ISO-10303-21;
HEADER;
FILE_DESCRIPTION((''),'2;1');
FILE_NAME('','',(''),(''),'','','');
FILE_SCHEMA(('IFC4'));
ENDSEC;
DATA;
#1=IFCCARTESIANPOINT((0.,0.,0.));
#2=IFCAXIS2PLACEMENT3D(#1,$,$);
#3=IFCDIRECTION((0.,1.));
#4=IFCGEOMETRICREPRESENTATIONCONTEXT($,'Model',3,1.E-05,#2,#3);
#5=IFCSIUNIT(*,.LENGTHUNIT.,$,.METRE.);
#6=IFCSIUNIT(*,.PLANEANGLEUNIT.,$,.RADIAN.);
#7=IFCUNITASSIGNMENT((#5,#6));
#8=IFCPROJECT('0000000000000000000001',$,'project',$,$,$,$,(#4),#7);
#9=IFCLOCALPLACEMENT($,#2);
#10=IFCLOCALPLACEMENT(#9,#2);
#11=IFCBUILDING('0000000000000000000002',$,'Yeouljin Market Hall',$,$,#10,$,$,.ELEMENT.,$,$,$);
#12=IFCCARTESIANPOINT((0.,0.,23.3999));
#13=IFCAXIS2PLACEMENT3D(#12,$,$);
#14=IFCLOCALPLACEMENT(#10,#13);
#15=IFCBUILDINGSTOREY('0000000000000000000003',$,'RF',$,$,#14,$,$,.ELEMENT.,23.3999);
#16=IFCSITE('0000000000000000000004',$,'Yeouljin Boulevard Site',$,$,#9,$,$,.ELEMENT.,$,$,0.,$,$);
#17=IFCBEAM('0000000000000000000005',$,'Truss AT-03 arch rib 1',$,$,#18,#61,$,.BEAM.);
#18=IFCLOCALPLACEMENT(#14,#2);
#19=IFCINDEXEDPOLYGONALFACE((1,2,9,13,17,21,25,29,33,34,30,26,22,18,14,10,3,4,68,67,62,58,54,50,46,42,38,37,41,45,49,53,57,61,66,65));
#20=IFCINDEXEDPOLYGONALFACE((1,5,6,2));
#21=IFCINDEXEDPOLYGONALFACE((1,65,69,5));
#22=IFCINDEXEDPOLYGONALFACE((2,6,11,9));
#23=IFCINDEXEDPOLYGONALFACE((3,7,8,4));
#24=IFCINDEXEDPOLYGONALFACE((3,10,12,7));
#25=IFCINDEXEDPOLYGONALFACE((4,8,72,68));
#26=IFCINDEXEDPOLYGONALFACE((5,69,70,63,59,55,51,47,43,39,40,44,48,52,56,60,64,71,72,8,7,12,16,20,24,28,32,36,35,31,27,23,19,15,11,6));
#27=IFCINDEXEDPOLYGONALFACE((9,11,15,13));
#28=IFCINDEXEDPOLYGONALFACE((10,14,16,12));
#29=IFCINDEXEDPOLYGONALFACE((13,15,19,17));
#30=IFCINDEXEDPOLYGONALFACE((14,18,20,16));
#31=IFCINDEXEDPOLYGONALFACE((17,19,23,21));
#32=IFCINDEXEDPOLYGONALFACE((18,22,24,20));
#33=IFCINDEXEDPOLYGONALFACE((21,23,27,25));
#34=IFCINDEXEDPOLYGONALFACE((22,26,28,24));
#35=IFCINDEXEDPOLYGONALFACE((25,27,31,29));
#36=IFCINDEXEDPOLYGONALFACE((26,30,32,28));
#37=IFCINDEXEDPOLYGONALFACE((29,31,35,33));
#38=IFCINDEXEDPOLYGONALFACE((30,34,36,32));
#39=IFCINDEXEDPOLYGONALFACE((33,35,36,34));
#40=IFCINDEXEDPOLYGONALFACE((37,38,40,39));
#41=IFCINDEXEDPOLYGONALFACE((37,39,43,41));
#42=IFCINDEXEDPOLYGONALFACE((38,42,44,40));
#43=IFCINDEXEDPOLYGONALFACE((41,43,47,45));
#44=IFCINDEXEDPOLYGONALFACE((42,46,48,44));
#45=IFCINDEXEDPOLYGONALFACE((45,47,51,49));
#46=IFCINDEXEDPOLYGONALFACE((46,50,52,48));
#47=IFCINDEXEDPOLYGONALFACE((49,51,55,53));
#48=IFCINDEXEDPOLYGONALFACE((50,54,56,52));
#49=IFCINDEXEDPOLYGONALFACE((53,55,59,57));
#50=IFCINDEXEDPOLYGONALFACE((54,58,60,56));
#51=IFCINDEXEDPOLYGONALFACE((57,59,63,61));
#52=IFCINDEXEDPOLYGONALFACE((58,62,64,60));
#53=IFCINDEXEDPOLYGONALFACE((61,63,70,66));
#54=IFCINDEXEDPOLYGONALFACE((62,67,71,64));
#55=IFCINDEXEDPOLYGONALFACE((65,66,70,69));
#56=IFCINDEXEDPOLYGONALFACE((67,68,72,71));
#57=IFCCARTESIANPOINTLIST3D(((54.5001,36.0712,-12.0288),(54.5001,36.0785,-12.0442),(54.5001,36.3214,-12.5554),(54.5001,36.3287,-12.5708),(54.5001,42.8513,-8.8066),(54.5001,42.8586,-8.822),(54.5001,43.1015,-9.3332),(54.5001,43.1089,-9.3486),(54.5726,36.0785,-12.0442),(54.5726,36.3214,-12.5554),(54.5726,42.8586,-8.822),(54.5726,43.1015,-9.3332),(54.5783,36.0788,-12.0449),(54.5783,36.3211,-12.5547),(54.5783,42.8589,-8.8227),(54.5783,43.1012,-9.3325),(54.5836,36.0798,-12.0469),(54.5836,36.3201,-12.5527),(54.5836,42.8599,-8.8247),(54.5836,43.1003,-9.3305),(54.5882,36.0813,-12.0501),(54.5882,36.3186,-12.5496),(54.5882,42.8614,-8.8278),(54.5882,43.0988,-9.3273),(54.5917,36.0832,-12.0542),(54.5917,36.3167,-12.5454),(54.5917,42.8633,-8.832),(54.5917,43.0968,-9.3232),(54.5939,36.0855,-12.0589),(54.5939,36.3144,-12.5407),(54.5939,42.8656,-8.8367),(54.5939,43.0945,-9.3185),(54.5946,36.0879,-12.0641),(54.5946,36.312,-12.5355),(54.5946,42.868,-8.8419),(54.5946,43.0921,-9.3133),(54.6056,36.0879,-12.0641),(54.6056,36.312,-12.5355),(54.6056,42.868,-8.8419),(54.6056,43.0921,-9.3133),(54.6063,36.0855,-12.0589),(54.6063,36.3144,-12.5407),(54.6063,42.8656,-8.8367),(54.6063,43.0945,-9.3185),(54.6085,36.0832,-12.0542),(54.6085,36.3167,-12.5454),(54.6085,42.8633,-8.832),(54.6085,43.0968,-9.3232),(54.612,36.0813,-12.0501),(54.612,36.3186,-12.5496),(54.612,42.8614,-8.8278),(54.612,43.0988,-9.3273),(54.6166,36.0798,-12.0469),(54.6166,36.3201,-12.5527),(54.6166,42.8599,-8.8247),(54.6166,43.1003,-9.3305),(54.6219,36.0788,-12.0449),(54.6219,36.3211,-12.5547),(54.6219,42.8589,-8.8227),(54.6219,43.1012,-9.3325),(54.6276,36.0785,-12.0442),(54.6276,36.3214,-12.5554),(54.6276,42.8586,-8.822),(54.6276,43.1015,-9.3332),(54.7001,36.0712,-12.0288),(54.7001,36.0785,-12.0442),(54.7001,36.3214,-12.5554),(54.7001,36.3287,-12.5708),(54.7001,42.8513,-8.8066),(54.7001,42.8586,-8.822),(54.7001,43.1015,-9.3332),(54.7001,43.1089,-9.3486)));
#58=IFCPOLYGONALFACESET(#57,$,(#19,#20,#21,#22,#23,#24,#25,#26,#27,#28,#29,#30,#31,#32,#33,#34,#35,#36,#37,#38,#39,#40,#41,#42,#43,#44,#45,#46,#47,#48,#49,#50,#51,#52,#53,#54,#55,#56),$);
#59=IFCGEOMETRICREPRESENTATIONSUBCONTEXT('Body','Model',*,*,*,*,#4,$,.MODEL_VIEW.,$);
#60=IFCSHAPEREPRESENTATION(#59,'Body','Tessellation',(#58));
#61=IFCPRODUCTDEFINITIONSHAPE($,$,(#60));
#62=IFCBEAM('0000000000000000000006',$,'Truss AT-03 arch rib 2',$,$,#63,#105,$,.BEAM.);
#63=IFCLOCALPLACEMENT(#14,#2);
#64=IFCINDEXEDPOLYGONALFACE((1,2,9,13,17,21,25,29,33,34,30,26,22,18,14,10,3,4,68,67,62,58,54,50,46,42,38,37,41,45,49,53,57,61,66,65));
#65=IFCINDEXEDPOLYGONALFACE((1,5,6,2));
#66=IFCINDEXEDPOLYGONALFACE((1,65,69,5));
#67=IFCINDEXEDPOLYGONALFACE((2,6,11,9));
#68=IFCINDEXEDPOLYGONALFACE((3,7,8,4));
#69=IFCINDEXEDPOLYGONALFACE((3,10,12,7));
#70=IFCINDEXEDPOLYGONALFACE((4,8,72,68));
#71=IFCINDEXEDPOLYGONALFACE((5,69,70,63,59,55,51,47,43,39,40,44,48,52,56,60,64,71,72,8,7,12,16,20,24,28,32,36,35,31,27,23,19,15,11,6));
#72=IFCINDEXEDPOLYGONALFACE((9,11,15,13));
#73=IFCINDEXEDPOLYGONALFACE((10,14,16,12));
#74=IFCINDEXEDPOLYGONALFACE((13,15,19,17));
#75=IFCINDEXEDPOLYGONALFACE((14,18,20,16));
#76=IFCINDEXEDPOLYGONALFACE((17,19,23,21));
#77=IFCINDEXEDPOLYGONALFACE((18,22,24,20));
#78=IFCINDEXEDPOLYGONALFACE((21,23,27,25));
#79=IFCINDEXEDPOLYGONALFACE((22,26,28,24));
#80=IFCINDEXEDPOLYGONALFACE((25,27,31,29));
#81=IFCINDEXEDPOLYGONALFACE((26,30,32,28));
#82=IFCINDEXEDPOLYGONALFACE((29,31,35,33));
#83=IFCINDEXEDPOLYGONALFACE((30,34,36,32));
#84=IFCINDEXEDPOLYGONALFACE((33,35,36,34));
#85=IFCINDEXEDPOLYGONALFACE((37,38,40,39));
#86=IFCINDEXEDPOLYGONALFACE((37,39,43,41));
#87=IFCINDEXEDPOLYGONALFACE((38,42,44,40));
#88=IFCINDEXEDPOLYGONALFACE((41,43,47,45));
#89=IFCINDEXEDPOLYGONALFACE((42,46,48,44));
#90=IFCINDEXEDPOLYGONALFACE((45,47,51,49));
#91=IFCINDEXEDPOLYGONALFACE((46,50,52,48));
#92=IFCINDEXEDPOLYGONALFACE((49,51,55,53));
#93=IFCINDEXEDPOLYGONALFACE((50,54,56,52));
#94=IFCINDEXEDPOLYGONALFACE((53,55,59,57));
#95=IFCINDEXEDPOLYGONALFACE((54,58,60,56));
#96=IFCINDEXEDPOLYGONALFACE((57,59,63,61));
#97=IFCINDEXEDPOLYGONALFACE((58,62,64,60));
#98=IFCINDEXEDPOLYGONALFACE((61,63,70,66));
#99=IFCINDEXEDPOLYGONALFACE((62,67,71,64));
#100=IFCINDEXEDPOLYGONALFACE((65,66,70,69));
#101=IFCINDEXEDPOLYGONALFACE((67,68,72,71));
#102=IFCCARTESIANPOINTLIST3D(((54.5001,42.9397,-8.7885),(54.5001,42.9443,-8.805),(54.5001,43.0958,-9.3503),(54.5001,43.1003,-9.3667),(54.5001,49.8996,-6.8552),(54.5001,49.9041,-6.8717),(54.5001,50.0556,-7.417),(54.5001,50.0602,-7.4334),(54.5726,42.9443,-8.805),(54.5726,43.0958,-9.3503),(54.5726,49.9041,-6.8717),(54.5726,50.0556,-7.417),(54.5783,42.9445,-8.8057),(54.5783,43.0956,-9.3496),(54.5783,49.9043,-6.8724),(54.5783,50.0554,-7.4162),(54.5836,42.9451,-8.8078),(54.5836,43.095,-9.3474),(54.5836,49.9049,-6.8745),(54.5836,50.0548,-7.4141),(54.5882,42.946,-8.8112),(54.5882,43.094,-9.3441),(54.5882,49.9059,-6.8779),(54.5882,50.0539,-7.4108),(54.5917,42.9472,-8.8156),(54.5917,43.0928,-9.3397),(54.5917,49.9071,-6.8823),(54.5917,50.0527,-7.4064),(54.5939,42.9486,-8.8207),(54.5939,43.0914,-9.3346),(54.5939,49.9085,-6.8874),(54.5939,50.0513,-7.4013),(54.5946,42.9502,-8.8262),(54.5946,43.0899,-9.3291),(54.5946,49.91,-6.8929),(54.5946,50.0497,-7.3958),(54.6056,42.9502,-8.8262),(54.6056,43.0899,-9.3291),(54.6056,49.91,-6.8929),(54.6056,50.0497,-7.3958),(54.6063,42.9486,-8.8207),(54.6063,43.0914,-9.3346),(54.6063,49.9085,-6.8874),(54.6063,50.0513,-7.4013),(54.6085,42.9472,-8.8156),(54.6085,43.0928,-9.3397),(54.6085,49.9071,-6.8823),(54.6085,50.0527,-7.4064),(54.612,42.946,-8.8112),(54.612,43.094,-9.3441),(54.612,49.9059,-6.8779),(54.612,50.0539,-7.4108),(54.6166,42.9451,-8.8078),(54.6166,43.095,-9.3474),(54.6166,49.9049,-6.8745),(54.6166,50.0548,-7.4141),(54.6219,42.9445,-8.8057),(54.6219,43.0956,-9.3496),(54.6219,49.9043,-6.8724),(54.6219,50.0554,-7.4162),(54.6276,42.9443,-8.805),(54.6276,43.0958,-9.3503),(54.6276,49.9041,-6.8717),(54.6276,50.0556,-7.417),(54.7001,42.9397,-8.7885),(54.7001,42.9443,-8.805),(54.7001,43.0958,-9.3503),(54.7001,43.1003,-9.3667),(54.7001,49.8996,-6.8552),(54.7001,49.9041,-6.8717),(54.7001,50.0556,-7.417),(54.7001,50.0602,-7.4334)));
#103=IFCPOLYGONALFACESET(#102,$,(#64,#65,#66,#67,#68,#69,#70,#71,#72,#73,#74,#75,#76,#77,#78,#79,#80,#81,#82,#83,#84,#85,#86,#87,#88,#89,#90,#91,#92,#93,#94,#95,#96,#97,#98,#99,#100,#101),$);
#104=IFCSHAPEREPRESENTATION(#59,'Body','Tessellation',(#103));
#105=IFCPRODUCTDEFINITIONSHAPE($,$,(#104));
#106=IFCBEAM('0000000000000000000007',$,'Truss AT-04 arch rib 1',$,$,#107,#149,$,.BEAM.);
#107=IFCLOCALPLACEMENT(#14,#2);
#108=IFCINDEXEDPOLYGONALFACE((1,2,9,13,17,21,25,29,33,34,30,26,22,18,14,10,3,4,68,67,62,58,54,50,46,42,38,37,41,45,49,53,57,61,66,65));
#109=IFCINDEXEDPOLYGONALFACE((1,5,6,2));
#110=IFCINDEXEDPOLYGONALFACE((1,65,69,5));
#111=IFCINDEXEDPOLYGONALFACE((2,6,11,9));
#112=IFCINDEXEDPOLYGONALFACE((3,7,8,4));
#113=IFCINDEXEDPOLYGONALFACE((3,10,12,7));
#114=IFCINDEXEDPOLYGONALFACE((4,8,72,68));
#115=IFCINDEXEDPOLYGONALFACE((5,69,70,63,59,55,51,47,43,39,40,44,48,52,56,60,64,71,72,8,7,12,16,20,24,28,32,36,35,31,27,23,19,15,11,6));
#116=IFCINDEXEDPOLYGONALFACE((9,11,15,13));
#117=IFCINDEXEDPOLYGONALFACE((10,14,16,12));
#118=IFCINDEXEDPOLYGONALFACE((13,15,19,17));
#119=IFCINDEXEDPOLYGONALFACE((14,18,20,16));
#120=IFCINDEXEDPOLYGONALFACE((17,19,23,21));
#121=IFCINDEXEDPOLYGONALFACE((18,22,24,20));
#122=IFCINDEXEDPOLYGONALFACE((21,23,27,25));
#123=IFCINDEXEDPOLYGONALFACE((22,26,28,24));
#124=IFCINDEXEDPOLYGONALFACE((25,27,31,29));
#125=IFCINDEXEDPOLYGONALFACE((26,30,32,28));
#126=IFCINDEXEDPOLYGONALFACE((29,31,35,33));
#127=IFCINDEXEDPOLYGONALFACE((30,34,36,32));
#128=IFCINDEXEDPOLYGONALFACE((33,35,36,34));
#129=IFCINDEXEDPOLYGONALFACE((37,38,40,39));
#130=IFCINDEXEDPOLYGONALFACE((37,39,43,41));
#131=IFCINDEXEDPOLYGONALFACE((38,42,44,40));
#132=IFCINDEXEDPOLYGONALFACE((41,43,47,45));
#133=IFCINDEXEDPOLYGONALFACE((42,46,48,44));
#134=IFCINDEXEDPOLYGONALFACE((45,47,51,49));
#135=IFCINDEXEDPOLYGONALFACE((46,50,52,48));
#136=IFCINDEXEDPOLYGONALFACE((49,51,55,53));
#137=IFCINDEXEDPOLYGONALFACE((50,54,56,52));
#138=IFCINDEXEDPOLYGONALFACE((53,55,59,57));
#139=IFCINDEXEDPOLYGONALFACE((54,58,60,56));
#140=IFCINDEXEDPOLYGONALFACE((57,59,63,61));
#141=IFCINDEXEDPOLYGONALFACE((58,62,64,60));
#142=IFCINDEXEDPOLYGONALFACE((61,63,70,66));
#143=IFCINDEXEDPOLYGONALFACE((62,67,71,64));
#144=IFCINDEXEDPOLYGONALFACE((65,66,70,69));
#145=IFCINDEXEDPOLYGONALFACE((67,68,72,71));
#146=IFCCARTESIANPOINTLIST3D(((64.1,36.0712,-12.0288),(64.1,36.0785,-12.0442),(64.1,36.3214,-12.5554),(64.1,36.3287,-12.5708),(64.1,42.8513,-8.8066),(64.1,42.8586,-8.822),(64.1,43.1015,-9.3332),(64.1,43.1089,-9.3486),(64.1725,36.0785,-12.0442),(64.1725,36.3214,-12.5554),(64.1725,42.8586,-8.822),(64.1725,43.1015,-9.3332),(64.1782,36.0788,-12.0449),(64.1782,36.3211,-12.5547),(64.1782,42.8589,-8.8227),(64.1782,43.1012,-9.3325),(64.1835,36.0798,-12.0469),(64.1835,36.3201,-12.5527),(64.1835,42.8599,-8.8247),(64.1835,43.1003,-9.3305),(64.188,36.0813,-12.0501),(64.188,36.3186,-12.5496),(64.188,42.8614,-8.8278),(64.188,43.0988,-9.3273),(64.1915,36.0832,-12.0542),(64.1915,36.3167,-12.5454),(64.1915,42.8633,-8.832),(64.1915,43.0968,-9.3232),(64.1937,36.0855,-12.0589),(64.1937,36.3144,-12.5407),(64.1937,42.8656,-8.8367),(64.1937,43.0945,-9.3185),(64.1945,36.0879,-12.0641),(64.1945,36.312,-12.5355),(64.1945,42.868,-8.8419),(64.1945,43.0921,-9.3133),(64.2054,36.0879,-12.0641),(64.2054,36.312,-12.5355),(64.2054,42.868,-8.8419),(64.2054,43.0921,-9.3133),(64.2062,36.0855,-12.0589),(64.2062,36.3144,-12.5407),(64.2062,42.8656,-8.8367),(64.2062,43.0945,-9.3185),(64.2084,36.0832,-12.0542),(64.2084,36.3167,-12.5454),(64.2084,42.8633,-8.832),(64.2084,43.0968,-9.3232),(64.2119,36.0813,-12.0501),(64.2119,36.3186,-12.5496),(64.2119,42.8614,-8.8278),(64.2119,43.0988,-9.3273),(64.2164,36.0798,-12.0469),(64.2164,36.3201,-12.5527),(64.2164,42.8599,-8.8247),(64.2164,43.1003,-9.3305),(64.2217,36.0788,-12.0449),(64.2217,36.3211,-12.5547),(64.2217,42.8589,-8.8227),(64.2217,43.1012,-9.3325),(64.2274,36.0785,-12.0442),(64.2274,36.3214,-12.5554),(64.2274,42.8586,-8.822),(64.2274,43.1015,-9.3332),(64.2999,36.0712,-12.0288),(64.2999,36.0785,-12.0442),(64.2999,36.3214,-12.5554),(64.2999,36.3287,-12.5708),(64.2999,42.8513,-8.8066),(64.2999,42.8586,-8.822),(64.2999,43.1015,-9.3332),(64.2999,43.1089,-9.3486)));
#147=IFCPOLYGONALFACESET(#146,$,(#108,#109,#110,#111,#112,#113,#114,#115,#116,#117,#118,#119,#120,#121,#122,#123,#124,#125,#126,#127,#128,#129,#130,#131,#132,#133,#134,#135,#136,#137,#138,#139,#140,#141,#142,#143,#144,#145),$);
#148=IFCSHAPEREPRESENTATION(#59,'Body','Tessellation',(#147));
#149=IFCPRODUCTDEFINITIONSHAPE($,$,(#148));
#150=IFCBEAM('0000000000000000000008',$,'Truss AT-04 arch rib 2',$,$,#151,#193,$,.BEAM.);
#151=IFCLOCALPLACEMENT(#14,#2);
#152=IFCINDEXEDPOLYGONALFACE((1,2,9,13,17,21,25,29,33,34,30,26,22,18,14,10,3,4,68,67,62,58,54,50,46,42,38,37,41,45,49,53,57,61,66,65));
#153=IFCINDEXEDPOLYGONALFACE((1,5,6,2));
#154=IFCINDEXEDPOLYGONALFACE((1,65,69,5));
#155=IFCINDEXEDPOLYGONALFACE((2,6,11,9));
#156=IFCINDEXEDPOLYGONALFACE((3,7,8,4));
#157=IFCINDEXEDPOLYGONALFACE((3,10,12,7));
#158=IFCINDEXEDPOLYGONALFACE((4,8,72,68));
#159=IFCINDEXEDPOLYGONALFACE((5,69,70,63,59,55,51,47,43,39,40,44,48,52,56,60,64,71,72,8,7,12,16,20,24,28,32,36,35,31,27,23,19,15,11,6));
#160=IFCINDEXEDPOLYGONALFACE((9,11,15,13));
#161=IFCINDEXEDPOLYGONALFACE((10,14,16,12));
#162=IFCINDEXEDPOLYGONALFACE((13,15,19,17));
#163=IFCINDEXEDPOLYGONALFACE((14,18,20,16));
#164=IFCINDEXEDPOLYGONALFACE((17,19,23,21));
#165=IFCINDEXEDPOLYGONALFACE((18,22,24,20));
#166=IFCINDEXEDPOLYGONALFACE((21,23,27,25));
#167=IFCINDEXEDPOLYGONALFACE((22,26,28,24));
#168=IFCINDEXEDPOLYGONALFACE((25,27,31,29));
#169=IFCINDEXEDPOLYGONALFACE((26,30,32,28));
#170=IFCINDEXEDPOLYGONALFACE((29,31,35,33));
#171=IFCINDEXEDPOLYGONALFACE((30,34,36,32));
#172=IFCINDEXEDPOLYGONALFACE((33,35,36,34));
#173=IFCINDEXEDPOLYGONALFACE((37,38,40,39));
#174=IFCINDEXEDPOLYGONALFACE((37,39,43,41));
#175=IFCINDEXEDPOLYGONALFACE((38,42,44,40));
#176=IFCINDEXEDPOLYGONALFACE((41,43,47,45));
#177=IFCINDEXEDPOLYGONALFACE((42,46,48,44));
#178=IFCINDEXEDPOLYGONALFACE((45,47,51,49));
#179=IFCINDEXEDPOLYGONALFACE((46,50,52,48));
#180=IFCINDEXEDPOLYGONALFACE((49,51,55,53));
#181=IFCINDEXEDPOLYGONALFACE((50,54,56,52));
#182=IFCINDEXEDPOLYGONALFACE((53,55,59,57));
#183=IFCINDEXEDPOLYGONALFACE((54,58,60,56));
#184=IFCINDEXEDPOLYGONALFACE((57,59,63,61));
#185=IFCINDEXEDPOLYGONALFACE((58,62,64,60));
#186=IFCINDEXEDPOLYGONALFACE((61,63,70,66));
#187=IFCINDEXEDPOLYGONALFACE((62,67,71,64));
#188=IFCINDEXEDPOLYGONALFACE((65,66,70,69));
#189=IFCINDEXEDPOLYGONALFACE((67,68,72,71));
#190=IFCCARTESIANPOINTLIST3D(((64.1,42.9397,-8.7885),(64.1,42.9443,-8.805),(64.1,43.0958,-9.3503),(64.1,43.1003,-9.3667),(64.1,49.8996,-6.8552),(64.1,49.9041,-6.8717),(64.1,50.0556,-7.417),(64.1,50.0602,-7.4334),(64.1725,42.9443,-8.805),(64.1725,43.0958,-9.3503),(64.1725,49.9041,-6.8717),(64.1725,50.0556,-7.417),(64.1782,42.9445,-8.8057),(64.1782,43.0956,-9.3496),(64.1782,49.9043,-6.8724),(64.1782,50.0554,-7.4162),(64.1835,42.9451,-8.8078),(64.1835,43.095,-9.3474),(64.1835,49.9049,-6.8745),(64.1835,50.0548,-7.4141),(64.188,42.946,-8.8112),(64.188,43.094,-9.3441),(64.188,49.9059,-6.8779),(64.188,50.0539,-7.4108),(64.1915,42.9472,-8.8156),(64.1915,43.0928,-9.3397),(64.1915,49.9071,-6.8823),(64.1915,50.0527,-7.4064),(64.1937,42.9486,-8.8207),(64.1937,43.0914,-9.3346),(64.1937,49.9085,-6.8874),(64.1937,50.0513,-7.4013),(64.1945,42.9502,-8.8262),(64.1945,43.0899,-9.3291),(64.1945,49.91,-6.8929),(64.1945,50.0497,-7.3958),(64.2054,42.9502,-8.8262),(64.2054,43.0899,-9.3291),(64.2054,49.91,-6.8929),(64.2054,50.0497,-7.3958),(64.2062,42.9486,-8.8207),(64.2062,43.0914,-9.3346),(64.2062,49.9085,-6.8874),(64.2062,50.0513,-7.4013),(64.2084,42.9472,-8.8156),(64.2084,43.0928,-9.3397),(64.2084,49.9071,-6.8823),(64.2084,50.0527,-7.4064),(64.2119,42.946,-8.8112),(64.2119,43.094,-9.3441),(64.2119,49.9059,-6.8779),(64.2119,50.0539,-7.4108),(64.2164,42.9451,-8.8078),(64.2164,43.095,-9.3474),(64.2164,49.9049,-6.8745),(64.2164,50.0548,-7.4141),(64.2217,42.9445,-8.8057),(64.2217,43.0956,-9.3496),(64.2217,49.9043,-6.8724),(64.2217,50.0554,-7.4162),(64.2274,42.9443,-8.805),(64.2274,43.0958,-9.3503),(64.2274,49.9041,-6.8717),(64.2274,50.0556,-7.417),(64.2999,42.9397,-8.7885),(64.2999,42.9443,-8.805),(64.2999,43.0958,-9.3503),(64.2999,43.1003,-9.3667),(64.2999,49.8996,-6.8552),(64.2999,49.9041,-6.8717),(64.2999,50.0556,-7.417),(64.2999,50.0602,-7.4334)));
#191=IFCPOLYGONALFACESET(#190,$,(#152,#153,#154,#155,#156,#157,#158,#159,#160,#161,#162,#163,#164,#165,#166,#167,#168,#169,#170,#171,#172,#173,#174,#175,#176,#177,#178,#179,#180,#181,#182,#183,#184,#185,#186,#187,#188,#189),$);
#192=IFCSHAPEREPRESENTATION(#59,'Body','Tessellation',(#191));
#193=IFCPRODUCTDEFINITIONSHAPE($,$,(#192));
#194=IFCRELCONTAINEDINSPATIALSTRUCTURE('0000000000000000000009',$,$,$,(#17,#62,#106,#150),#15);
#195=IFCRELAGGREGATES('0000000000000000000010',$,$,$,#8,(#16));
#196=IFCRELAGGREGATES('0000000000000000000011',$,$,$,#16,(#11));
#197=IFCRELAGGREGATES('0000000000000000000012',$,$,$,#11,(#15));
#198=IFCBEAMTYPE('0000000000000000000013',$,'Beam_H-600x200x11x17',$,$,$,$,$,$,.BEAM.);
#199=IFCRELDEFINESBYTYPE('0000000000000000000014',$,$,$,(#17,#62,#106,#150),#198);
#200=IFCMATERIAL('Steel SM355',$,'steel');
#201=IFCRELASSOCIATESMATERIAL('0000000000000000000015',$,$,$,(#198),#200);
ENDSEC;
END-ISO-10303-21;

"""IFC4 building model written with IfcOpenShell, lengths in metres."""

from ifc_helpers import new_model, si_unit, direction, frame, origin, origin_2d, place, context, subcontext, project, spatial, i_section, extrude, material, material_profile, profile_set, type_object, element, save


model = new_model("IFC4")

# Units and contexts
model_context = context("Model", 3, precision=1e-05, world=origin(), true_north=direction((0.0, 1.0)))
body_context = subcontext(model_context, "Body", "Model", "MODEL_VIEW")
ifc_project = project(units=[si_unit("LENGTHUNIT", "METRE"), si_unit("PLANEANGLEUNIT", "RADIAN")], contexts=[model_context])

# Site, building, storey
site_placement = place(None, origin())
site = spatial("IfcSite", under=ifc_project, at=site_placement, Name="Yeouljin Boulevard Site", CompositionType="ELEMENT", RefElevation=0.0)
building_placement = place(site_placement, origin())
building = spatial("IfcBuilding", under=site, at=building_placement, Name="Yeouljin Market Hall", CompositionType="ELEMENT")
storey_placement = place(building_placement, frame((0.0, 0.0, 23.3999)))
storey = spatial("IfcBuildingStorey", under=building, at=storey_placement, Name="RF", CompositionType="ELEMENT", Elevation=23.3999)

# Beams
ifc_material_1 = material(Name="Steel SM355", Category="steel")
ifc_material_profile_1 = material_profile(ifc_material_1, i_section(OverallWidth=0.2, OverallDepth=0.6001, WebThickness=0.011, FlangeThickness=0.0171, FilletRadius=0.022, at=origin_2d()), Name="H-600x200x11x17")
ifc_profile_set_1 = profile_set([ifc_material_profile_1], Name="Steel SM355")
beam_type_1 = type_object("IfcBeamType", Name="Beam_H-600x200x11x17", PredefinedType="BEAM", material=ifc_profile_set_1)
beam_1_placement = place(storey_placement, frame((54.6001, 36.2, -12.2998), z_axis=(0.0, 0.903192, 0.429237), x_axis=(-1.0, 0.0, 0.0)))
element("IfcBeam", 1, at=beam_1_placement, inside=storey, type_object=beam_type_1, Name="Truss AT-03 arch rib 1", PredefinedType="BEAM", context=body_context, shape_type="SweptSolid", body=[
    extrude(i_section(OverallWidth=0.2, OverallDepth=0.6001, WebThickness=0.011, FlangeThickness=0.0171, FilletRadius=0.022, at=origin_2d()), origin(), (0.0, 0.0, 1.0), 7.5068),
])
beam_2_placement = place(storey_placement, frame((54.6001, 43.02, -9.0776), z_axis=(0.0, 0.963517, 0.267647), x_axis=(-1.0, 0.0, 0.0)))
element("IfcBeam", 2, at=beam_2_placement, inside=storey, type_object=beam_type_1, Name="Truss AT-03 arch rib 2", PredefinedType="BEAM", context=body_context, shape_type="SweptSolid", body=[
    extrude(i_section(OverallWidth=0.2, OverallDepth=0.6001, WebThickness=0.011, FlangeThickness=0.0171, FilletRadius=0.022, at=origin_2d()), origin(), (0.0, 0.0, 1.0), 7.2234),
])
beam_3_placement = place(storey_placement, frame((64.2, 36.2, -12.2998), z_axis=(0.0, 0.903192, 0.429237), x_axis=(-1.0, 0.0, 0.0)))
element("IfcBeam", 3, at=beam_3_placement, inside=storey, type_object=beam_type_1, Name="Truss AT-04 arch rib 1", PredefinedType="BEAM", context=body_context, shape_type="SweptSolid", body=[
    extrude(i_section(OverallWidth=0.2, OverallDepth=0.6001, WebThickness=0.011, FlangeThickness=0.0171, FilletRadius=0.022, at=origin_2d()), origin(), (0.0, 0.0, 1.0), 7.5068),
])
beam_4_placement = place(storey_placement, frame((64.2, 43.02, -9.0776), z_axis=(0.0, 0.963517, 0.267647), x_axis=(-1.0, 0.0, 0.0)))
element("IfcBeam", 4, at=beam_4_placement, inside=storey, type_object=beam_type_1, Name="Truss AT-04 arch rib 2", PredefinedType="BEAM", context=body_context, shape_type="SweptSolid", body=[
    extrude(i_section(OverallWidth=0.2, OverallDepth=0.6001, WebThickness=0.011, FlangeThickness=0.0171, FilletRadius=0.022, at=origin_2d()), origin(), (0.0, 0.0, 1.0), 7.2234),
])

save(model, "model.ifc")
